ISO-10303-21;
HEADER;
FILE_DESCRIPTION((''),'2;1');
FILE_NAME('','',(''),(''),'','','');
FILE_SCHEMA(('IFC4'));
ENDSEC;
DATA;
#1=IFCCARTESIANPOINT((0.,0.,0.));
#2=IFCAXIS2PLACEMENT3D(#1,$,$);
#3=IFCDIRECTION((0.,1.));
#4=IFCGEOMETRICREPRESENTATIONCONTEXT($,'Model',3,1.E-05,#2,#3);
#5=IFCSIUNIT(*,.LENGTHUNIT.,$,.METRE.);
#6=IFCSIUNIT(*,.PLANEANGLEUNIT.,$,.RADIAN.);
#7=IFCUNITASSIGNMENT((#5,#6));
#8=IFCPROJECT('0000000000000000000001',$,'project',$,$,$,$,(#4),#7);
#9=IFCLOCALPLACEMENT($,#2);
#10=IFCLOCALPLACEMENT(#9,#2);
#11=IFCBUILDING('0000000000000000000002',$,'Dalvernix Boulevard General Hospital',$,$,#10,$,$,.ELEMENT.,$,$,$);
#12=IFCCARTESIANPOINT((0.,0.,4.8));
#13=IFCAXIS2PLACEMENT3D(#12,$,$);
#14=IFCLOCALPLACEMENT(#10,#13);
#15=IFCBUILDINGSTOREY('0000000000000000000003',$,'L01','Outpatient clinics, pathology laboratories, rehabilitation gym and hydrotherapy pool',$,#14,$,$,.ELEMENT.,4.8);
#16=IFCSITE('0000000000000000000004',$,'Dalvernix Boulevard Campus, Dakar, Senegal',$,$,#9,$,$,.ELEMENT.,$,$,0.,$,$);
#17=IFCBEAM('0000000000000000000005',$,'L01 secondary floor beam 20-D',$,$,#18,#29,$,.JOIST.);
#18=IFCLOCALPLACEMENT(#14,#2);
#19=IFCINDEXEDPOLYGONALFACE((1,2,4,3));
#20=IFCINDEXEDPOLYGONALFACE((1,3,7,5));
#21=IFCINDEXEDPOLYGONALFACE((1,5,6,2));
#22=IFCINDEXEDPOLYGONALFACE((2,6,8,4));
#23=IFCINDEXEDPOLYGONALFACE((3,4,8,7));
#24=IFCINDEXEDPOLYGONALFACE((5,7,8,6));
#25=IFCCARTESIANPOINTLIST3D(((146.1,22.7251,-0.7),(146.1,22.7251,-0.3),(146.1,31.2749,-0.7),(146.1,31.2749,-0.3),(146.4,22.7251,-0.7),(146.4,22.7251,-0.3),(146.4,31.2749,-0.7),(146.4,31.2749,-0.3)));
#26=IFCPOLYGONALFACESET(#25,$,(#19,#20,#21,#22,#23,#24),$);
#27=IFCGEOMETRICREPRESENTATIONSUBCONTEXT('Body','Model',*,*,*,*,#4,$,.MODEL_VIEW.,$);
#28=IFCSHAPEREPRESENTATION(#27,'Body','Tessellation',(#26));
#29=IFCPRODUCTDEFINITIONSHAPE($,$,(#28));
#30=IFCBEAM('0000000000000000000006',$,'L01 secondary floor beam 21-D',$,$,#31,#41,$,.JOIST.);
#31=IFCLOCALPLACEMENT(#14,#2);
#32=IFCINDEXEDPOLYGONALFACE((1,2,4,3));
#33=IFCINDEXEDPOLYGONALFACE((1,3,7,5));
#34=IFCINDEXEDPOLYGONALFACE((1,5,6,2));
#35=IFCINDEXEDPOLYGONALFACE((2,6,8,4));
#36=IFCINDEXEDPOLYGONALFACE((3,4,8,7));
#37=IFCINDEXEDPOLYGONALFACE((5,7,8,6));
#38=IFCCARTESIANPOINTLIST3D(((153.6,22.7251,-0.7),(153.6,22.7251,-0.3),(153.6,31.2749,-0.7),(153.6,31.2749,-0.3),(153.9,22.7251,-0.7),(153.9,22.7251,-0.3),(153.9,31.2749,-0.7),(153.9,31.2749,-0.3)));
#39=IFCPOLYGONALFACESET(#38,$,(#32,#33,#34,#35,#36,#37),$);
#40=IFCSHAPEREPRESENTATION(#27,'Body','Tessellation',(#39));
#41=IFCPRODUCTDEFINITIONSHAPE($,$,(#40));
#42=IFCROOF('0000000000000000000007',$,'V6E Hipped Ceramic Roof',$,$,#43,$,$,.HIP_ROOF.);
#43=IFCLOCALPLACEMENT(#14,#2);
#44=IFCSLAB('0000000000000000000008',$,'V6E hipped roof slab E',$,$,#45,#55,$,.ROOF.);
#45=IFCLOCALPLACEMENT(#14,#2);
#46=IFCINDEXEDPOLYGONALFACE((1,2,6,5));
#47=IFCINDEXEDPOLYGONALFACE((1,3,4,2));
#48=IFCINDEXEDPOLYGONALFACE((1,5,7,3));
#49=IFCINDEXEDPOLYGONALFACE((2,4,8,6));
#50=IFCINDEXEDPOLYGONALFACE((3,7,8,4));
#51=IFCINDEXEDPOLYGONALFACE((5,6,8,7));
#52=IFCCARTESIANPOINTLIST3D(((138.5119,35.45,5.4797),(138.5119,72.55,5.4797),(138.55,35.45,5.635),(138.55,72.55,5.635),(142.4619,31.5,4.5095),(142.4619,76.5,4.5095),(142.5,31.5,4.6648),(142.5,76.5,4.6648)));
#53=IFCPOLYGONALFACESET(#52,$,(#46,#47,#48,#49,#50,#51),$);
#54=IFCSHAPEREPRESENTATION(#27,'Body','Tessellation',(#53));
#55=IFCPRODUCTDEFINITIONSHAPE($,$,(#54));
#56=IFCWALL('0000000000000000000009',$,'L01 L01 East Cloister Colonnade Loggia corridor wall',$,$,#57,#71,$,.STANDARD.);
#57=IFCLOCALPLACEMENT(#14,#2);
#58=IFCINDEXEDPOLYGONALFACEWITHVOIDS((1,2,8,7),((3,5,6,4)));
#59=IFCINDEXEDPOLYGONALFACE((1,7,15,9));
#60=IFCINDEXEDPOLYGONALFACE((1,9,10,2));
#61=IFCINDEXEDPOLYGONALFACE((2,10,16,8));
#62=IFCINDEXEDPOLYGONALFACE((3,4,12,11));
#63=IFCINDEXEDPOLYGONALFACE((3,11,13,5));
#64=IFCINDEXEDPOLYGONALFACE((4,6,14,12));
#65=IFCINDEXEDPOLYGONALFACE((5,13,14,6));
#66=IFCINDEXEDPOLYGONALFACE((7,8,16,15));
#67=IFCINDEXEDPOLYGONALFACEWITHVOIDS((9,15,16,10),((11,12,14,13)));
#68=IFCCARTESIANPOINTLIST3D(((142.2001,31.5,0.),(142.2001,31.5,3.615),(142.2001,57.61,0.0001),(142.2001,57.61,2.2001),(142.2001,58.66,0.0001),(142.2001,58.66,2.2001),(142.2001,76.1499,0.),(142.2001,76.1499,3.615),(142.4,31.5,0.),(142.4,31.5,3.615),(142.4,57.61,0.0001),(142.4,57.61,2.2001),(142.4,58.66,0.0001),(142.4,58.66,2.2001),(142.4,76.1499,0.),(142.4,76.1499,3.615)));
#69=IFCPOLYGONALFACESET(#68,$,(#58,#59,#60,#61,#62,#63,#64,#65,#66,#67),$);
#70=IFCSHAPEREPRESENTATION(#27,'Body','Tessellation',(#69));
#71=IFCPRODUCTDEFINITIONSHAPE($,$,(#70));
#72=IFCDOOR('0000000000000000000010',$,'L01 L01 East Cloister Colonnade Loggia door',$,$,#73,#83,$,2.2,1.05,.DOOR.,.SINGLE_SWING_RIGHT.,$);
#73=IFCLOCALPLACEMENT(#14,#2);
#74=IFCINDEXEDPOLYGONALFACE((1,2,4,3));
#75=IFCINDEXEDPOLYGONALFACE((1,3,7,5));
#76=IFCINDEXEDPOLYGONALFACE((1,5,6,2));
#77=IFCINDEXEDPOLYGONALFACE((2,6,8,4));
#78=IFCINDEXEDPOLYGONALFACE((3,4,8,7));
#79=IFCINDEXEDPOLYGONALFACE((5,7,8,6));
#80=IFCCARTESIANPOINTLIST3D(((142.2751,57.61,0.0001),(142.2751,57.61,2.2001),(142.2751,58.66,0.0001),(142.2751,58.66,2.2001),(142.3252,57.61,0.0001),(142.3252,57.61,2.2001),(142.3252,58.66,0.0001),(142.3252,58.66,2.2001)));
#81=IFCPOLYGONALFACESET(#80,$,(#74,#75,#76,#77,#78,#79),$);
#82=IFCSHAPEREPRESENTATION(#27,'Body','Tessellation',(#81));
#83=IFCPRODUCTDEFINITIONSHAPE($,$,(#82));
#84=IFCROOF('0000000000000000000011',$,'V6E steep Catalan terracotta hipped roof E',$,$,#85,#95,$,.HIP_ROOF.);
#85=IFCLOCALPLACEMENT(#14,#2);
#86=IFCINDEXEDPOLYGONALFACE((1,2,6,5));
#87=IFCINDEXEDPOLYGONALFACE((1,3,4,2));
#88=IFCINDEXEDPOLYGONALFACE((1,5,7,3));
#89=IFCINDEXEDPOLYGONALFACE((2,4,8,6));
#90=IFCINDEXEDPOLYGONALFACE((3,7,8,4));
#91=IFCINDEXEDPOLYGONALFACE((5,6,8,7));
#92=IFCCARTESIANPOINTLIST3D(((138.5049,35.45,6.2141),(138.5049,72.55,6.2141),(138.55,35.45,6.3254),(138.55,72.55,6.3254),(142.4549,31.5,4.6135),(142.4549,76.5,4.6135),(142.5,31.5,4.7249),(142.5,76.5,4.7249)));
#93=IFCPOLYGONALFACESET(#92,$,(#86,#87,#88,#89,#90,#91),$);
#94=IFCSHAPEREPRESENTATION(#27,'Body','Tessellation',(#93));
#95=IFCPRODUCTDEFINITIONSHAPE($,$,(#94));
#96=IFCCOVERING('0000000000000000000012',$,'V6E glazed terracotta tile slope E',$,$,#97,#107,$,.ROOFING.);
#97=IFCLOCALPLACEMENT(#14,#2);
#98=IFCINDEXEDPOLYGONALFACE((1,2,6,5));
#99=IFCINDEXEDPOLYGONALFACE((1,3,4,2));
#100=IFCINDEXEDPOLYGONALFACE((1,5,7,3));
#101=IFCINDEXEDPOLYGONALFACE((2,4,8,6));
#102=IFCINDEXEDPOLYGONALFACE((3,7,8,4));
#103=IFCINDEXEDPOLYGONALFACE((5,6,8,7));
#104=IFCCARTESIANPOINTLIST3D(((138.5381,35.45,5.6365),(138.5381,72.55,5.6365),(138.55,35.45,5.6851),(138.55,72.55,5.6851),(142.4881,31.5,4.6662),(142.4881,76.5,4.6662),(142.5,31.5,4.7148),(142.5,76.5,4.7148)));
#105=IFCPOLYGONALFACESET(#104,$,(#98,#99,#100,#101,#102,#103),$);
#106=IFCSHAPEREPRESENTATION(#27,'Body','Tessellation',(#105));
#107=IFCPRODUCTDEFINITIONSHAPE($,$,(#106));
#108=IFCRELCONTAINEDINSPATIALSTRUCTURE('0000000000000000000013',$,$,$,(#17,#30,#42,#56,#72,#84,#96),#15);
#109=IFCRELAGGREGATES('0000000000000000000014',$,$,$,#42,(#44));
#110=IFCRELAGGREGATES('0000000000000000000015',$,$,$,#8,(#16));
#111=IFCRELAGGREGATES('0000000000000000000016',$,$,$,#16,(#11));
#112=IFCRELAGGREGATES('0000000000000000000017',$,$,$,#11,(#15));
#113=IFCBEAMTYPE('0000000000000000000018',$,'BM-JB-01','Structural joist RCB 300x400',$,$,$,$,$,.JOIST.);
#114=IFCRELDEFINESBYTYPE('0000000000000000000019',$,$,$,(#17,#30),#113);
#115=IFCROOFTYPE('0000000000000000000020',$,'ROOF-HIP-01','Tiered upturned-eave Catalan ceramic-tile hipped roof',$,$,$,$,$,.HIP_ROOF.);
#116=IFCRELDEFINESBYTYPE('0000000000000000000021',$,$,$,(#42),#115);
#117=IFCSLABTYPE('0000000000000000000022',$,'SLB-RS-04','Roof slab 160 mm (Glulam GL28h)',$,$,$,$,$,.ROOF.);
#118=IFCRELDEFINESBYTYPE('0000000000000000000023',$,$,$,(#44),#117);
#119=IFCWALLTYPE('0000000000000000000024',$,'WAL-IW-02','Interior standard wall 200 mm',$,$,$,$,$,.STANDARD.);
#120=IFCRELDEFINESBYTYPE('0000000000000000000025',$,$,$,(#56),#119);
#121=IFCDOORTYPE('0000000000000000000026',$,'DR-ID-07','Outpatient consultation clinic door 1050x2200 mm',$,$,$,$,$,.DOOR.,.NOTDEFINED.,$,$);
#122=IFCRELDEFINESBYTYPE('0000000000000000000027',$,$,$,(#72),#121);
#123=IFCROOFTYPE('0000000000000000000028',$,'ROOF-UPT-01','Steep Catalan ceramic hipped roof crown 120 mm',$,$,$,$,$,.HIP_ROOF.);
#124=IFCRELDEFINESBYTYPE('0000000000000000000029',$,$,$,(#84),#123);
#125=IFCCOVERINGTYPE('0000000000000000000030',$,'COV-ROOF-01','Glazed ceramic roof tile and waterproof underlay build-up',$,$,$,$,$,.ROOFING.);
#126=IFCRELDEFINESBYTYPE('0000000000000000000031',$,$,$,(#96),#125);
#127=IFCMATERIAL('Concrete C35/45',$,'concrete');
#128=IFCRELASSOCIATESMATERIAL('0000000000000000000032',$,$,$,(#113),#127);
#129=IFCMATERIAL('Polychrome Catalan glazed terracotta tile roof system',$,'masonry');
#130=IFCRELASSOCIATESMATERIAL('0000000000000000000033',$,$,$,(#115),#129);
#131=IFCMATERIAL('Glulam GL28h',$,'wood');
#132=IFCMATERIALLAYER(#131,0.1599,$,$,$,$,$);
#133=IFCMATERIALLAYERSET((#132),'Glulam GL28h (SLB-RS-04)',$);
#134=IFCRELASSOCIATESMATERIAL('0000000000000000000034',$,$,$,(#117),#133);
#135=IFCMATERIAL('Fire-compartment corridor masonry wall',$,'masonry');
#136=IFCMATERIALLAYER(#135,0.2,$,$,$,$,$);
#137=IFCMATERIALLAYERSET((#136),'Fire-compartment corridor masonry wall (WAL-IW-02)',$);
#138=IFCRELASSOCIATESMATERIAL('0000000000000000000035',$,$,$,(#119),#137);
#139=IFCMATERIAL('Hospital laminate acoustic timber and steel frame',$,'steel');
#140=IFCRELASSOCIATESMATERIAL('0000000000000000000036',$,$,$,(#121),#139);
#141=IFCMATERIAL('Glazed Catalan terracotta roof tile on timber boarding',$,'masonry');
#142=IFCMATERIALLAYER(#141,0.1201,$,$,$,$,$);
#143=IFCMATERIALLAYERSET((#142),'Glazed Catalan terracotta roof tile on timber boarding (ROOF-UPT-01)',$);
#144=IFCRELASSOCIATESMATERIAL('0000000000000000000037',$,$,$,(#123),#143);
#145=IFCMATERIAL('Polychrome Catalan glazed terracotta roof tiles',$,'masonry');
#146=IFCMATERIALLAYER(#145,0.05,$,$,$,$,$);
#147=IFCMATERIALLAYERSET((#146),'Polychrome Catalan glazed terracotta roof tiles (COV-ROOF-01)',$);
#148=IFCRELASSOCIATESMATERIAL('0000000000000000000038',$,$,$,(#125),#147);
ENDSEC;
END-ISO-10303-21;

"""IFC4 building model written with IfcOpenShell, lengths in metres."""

from ifc_helpers import new_model, si_unit, direction, frame, frame_2d, origin, origin_2d, place, context, subcontext, project, spatial, polyline, rectangle, outline, extrude, material, layer, layer_set, material_profile, profile_set, type_object, element, fill, aggregate, save


model = new_model("IFC4")

# Units and contexts
model_context = context("Model", 3, precision=1e-05, world=origin(), true_north=direction((0.0, 1.0)))
body_context = subcontext(model_context, "Body", "Model", "MODEL_VIEW")
ifc_project = project(units=[si_unit("LENGTHUNIT", "METRE"), si_unit("PLANEANGLEUNIT", "RADIAN")], contexts=[model_context])

# Site, building, storey
site_placement = place(None, origin())
site = spatial("IfcSite", under=ifc_project, at=site_placement, Name="Dalvernix Boulevard Campus, Dakar, Senegal", CompositionType="ELEMENT", RefElevation=0.0)
building_placement = place(site_placement, origin())
building = spatial("IfcBuilding", under=site, at=building_placement, Name="Dalvernix Boulevard General Hospital", CompositionType="ELEMENT")
storey_placement = place(building_placement, frame((0.0, 0.0, 4.8)))
storey = spatial("IfcBuildingStorey", under=building, at=storey_placement, Name="L01", Description="Outpatient clinics, pathology laboratories, rehabilitation gym and hydrotherapy pool", CompositionType="ELEMENT", Elevation=4.8)

# Beams
ifc_material_1 = material(Name="Concrete C35/45", Category="concrete")
ifc_material_profile_1 = material_profile(ifc_material_1, rectangle(XDim=0.3, YDim=0.3999, at=origin_2d()), Name="RCB 300x400")
ifc_profile_set_1 = profile_set([ifc_material_profile_1], Name="Concrete C35/45")
beam_type_1 = type_object("IfcBeamType", Name="BM-JB-01", Description="Structural joist RCB 300x400", PredefinedType="JOIST", material=ifc_profile_set_1)
for number, where, z_axis, x_axis, name in (
    (1, (146.25, 22.7251, -0.5), (0.0, 1.0, 0.0), (-1.0, 0.0, 0.0), "L01 secondary floor beam 20-D"),
    (2, (153.75, 22.7251, -0.5), (0.0, 1.0, 0.0), (-1.0, 0.0, 0.0), "L01 secondary floor beam 21-D"),
):
    element("IfcBeam", number, at=place(storey_placement, frame(where, z_axis=z_axis, x_axis=x_axis)), inside=storey, type_object=beam_type_1, Name=name, PredefinedType="JOIST", context=body_context, shape_type="SweptSolid", body=[
        extrude(rectangle(XDim=0.3, YDim=0.3999, at=origin_2d()), origin(), (0.0, 0.0, 1.0), 8.5498),
    ])

# Roof, slab
ifc_material_2 = material(Name="Polychrome Catalan glazed terracotta tile roof system", Category="masonry")
roof_type_1 = type_object("IfcRoofType", Name="ROOF-HIP-01", Description="Tiered upturned-eave Catalan ceramic-tile hipped roof", PredefinedType="HIP_ROOF", material=ifc_material_2)
roof_1_placement = place(storey_placement, origin())
roof_1 = element("IfcRoof", 3, at=roof_1_placement, inside=storey, type_object=roof_type_1, Name="V6E Hipped Ceramic Roof", PredefinedType="HIP_ROOF")
ifc_material_3 = material(Name="Glulam GL28h", Category="wood")
ifc_layer_1 = layer(ifc_material_3, 0.1599)
ifc_layer_set_1 = layer_set([ifc_layer_1], Name="Glulam GL28h (SLB-RS-04)")
slab_type = type_object("IfcSlabType", Name="SLB-RS-04", Description="Roof slab 160 mm (Glulam GL28h)", PredefinedType="ROOF", material=ifc_layer_set_1)
slab_placement = place(storey_placement, frame((142.5, 31.5, 4.6648), z_axis=(0.238537, 0.0, 0.971133), x_axis=(0.0, 1.0, 0.0)))
slab = element("IfcSlab", 4, at=slab_placement, type_object=slab_type, Name="V6E hipped roof slab E", PredefinedType="ROOF", context=body_context, shape_type="SweptSolid", body=[
    extrude(outline(polyline([(0.0, 0.0), (45.0, 0.0), (41.05, 4.0674), (3.95, 4.0674), (0.0, 0.0)])), origin(), (0.0, 0.0, -1.0), 0.1599),
])
aggregate(roof_1, [slab])

# Wall, opening, door
ifc_material_4 = material(Name="Fire-compartment corridor masonry wall", Category="masonry")
ifc_layer_2 = layer(ifc_material_4, 0.2)
ifc_layer_set_2 = layer_set([ifc_layer_2], Name="Fire-compartment corridor masonry wall (WAL-IW-02)")
wall_type = type_object("IfcWallType", Name="WAL-IW-02", Description="Interior standard wall 200 mm", PredefinedType="STANDARD", material=ifc_layer_set_2)
wall_placement = place(storey_placement, frame((142.3, 31.5, 0.0), z_axis=(0.0, 0.0, 1.0), x_axis=(0.0, 1.0, 0.0)))
wall = element("IfcWall", 5, at=wall_placement, inside=storey, type_object=wall_type, Name="L01 L01 East Cloister Colonnade Loggia corridor wall", PredefinedType="STANDARD", context=body_context, shape_type="SweptSolid", body=[
    extrude(rectangle(XDim=44.6499, YDim=0.2, at=frame_2d((22.325, 0.0))), origin(), (0.0, 0.0, 1.0), 3.615),
])
opening_placement = place(wall_placement, frame((26.1101, 0.0, 0.0)))
opening = element("IfcOpeningElement", 6, at=opening_placement, cuts=wall, PredefinedType="OPENING", context=body_context, shape_type="SweptSolid", body=[
    extrude(rectangle(XDim=1.05, YDim=2.2, at=frame_2d((0.5249, 1.1001))), frame((0.0, 0.1099, 0.0), z_axis=(0.0, -1.0, 0.0), x_axis=(1.0, 0.0, 0.0)), (0.0, 0.0, 1.0), 0.22),
])
ifc_material_5 = material(Name="Hospital laminate acoustic timber and steel frame", Category="steel")
door_type = type_object("IfcDoorType", Name="DR-ID-07", Description="Outpatient consultation clinic door 1050x2200 mm", OperationType="NOTDEFINED", PredefinedType="DOOR", material=ifc_material_5)
door_placement = place(opening_placement, origin())
door = element("IfcDoor", 7, at=door_placement, inside=storey, type_object=door_type, Name="L01 L01 East Cloister Colonnade Loggia door", OperationType="SINGLE_SWING_RIGHT", OverallHeight=2.2, OverallWidth=1.05, PredefinedType="DOOR", context=body_context, shape_type="SweptSolid", body=[
    extrude(rectangle(XDim=1.05, YDim=2.2, at=frame_2d((0.5249, 1.1001))), frame((0.0, 0.0249, 0.0), z_axis=(0.0, -1.0, 0.0), x_axis=(1.0, 0.0, 0.0)), (0.0, 0.0, 1.0), 0.05),
])
fill(opening, door)

# Roof
ifc_material_6 = material(Name="Glazed Catalan terracotta roof tile on timber boarding", Category="masonry")
ifc_layer_3 = layer(ifc_material_6, 0.1201)
ifc_layer_set_3 = layer_set([ifc_layer_3], Name="Glazed Catalan terracotta roof tile on timber boarding (ROOF-UPT-01)")
roof_type_2 = type_object("IfcRoofType", Name="ROOF-UPT-01", Description="Steep Catalan ceramic hipped roof crown 120 mm", PredefinedType="HIP_ROOF", material=ifc_layer_set_3)
roof_2_placement = place(storey_placement, frame((142.5, 31.5, 4.7249), z_axis=(0.375555, 0.0, 0.9268), x_axis=(0.0, 1.0, 0.0)))
element("IfcRoof", 8, at=roof_2_placement, inside=storey, type_object=roof_type_2, Name="V6E steep Catalan terracotta hipped roof E", PredefinedType="HIP_ROOF", context=body_context, shape_type="SweptSolid", body=[
    extrude(outline(polyline([(0.0, 0.0), (45.0, 0.0), (41.05, 4.2619), (3.95, 4.2619), (0.0, 0.0)])), origin(), (0.0, 0.0, -1.0), 0.1201),
])

# Covering
ifc_material_7 = material(Name="Polychrome Catalan glazed terracotta roof tiles", Category="masonry")
ifc_layer_4 = layer(ifc_material_7, 0.05)
ifc_layer_set_4 = layer_set([ifc_layer_4], Name="Polychrome Catalan glazed terracotta roof tiles (COV-ROOF-01)")
covering_type = type_object("IfcCoveringType", Name="COV-ROOF-01", Description="Glazed ceramic roof tile and waterproof underlay build-up", PredefinedType="ROOFING", material=ifc_layer_set_4)
covering_placement = place(storey_placement, frame((142.5, 31.5, 4.7148), z_axis=(0.238537, 0.0, 0.971133), x_axis=(0.0, 1.0, 0.0)))
element("IfcCovering", 9, at=covering_placement, inside=storey, type_object=covering_type, Name="V6E glazed terracotta tile slope E", PredefinedType="ROOFING", context=body_context, shape_type="SweptSolid", body=[
    extrude(outline(polyline([(0.0, 0.0), (45.0, 0.0), (41.05, 4.0674), (3.95, 4.0674), (0.0, 0.0)])), origin(), (0.0, 0.0, -1.0), 0.05),
])

save(model, "model.ifc")
